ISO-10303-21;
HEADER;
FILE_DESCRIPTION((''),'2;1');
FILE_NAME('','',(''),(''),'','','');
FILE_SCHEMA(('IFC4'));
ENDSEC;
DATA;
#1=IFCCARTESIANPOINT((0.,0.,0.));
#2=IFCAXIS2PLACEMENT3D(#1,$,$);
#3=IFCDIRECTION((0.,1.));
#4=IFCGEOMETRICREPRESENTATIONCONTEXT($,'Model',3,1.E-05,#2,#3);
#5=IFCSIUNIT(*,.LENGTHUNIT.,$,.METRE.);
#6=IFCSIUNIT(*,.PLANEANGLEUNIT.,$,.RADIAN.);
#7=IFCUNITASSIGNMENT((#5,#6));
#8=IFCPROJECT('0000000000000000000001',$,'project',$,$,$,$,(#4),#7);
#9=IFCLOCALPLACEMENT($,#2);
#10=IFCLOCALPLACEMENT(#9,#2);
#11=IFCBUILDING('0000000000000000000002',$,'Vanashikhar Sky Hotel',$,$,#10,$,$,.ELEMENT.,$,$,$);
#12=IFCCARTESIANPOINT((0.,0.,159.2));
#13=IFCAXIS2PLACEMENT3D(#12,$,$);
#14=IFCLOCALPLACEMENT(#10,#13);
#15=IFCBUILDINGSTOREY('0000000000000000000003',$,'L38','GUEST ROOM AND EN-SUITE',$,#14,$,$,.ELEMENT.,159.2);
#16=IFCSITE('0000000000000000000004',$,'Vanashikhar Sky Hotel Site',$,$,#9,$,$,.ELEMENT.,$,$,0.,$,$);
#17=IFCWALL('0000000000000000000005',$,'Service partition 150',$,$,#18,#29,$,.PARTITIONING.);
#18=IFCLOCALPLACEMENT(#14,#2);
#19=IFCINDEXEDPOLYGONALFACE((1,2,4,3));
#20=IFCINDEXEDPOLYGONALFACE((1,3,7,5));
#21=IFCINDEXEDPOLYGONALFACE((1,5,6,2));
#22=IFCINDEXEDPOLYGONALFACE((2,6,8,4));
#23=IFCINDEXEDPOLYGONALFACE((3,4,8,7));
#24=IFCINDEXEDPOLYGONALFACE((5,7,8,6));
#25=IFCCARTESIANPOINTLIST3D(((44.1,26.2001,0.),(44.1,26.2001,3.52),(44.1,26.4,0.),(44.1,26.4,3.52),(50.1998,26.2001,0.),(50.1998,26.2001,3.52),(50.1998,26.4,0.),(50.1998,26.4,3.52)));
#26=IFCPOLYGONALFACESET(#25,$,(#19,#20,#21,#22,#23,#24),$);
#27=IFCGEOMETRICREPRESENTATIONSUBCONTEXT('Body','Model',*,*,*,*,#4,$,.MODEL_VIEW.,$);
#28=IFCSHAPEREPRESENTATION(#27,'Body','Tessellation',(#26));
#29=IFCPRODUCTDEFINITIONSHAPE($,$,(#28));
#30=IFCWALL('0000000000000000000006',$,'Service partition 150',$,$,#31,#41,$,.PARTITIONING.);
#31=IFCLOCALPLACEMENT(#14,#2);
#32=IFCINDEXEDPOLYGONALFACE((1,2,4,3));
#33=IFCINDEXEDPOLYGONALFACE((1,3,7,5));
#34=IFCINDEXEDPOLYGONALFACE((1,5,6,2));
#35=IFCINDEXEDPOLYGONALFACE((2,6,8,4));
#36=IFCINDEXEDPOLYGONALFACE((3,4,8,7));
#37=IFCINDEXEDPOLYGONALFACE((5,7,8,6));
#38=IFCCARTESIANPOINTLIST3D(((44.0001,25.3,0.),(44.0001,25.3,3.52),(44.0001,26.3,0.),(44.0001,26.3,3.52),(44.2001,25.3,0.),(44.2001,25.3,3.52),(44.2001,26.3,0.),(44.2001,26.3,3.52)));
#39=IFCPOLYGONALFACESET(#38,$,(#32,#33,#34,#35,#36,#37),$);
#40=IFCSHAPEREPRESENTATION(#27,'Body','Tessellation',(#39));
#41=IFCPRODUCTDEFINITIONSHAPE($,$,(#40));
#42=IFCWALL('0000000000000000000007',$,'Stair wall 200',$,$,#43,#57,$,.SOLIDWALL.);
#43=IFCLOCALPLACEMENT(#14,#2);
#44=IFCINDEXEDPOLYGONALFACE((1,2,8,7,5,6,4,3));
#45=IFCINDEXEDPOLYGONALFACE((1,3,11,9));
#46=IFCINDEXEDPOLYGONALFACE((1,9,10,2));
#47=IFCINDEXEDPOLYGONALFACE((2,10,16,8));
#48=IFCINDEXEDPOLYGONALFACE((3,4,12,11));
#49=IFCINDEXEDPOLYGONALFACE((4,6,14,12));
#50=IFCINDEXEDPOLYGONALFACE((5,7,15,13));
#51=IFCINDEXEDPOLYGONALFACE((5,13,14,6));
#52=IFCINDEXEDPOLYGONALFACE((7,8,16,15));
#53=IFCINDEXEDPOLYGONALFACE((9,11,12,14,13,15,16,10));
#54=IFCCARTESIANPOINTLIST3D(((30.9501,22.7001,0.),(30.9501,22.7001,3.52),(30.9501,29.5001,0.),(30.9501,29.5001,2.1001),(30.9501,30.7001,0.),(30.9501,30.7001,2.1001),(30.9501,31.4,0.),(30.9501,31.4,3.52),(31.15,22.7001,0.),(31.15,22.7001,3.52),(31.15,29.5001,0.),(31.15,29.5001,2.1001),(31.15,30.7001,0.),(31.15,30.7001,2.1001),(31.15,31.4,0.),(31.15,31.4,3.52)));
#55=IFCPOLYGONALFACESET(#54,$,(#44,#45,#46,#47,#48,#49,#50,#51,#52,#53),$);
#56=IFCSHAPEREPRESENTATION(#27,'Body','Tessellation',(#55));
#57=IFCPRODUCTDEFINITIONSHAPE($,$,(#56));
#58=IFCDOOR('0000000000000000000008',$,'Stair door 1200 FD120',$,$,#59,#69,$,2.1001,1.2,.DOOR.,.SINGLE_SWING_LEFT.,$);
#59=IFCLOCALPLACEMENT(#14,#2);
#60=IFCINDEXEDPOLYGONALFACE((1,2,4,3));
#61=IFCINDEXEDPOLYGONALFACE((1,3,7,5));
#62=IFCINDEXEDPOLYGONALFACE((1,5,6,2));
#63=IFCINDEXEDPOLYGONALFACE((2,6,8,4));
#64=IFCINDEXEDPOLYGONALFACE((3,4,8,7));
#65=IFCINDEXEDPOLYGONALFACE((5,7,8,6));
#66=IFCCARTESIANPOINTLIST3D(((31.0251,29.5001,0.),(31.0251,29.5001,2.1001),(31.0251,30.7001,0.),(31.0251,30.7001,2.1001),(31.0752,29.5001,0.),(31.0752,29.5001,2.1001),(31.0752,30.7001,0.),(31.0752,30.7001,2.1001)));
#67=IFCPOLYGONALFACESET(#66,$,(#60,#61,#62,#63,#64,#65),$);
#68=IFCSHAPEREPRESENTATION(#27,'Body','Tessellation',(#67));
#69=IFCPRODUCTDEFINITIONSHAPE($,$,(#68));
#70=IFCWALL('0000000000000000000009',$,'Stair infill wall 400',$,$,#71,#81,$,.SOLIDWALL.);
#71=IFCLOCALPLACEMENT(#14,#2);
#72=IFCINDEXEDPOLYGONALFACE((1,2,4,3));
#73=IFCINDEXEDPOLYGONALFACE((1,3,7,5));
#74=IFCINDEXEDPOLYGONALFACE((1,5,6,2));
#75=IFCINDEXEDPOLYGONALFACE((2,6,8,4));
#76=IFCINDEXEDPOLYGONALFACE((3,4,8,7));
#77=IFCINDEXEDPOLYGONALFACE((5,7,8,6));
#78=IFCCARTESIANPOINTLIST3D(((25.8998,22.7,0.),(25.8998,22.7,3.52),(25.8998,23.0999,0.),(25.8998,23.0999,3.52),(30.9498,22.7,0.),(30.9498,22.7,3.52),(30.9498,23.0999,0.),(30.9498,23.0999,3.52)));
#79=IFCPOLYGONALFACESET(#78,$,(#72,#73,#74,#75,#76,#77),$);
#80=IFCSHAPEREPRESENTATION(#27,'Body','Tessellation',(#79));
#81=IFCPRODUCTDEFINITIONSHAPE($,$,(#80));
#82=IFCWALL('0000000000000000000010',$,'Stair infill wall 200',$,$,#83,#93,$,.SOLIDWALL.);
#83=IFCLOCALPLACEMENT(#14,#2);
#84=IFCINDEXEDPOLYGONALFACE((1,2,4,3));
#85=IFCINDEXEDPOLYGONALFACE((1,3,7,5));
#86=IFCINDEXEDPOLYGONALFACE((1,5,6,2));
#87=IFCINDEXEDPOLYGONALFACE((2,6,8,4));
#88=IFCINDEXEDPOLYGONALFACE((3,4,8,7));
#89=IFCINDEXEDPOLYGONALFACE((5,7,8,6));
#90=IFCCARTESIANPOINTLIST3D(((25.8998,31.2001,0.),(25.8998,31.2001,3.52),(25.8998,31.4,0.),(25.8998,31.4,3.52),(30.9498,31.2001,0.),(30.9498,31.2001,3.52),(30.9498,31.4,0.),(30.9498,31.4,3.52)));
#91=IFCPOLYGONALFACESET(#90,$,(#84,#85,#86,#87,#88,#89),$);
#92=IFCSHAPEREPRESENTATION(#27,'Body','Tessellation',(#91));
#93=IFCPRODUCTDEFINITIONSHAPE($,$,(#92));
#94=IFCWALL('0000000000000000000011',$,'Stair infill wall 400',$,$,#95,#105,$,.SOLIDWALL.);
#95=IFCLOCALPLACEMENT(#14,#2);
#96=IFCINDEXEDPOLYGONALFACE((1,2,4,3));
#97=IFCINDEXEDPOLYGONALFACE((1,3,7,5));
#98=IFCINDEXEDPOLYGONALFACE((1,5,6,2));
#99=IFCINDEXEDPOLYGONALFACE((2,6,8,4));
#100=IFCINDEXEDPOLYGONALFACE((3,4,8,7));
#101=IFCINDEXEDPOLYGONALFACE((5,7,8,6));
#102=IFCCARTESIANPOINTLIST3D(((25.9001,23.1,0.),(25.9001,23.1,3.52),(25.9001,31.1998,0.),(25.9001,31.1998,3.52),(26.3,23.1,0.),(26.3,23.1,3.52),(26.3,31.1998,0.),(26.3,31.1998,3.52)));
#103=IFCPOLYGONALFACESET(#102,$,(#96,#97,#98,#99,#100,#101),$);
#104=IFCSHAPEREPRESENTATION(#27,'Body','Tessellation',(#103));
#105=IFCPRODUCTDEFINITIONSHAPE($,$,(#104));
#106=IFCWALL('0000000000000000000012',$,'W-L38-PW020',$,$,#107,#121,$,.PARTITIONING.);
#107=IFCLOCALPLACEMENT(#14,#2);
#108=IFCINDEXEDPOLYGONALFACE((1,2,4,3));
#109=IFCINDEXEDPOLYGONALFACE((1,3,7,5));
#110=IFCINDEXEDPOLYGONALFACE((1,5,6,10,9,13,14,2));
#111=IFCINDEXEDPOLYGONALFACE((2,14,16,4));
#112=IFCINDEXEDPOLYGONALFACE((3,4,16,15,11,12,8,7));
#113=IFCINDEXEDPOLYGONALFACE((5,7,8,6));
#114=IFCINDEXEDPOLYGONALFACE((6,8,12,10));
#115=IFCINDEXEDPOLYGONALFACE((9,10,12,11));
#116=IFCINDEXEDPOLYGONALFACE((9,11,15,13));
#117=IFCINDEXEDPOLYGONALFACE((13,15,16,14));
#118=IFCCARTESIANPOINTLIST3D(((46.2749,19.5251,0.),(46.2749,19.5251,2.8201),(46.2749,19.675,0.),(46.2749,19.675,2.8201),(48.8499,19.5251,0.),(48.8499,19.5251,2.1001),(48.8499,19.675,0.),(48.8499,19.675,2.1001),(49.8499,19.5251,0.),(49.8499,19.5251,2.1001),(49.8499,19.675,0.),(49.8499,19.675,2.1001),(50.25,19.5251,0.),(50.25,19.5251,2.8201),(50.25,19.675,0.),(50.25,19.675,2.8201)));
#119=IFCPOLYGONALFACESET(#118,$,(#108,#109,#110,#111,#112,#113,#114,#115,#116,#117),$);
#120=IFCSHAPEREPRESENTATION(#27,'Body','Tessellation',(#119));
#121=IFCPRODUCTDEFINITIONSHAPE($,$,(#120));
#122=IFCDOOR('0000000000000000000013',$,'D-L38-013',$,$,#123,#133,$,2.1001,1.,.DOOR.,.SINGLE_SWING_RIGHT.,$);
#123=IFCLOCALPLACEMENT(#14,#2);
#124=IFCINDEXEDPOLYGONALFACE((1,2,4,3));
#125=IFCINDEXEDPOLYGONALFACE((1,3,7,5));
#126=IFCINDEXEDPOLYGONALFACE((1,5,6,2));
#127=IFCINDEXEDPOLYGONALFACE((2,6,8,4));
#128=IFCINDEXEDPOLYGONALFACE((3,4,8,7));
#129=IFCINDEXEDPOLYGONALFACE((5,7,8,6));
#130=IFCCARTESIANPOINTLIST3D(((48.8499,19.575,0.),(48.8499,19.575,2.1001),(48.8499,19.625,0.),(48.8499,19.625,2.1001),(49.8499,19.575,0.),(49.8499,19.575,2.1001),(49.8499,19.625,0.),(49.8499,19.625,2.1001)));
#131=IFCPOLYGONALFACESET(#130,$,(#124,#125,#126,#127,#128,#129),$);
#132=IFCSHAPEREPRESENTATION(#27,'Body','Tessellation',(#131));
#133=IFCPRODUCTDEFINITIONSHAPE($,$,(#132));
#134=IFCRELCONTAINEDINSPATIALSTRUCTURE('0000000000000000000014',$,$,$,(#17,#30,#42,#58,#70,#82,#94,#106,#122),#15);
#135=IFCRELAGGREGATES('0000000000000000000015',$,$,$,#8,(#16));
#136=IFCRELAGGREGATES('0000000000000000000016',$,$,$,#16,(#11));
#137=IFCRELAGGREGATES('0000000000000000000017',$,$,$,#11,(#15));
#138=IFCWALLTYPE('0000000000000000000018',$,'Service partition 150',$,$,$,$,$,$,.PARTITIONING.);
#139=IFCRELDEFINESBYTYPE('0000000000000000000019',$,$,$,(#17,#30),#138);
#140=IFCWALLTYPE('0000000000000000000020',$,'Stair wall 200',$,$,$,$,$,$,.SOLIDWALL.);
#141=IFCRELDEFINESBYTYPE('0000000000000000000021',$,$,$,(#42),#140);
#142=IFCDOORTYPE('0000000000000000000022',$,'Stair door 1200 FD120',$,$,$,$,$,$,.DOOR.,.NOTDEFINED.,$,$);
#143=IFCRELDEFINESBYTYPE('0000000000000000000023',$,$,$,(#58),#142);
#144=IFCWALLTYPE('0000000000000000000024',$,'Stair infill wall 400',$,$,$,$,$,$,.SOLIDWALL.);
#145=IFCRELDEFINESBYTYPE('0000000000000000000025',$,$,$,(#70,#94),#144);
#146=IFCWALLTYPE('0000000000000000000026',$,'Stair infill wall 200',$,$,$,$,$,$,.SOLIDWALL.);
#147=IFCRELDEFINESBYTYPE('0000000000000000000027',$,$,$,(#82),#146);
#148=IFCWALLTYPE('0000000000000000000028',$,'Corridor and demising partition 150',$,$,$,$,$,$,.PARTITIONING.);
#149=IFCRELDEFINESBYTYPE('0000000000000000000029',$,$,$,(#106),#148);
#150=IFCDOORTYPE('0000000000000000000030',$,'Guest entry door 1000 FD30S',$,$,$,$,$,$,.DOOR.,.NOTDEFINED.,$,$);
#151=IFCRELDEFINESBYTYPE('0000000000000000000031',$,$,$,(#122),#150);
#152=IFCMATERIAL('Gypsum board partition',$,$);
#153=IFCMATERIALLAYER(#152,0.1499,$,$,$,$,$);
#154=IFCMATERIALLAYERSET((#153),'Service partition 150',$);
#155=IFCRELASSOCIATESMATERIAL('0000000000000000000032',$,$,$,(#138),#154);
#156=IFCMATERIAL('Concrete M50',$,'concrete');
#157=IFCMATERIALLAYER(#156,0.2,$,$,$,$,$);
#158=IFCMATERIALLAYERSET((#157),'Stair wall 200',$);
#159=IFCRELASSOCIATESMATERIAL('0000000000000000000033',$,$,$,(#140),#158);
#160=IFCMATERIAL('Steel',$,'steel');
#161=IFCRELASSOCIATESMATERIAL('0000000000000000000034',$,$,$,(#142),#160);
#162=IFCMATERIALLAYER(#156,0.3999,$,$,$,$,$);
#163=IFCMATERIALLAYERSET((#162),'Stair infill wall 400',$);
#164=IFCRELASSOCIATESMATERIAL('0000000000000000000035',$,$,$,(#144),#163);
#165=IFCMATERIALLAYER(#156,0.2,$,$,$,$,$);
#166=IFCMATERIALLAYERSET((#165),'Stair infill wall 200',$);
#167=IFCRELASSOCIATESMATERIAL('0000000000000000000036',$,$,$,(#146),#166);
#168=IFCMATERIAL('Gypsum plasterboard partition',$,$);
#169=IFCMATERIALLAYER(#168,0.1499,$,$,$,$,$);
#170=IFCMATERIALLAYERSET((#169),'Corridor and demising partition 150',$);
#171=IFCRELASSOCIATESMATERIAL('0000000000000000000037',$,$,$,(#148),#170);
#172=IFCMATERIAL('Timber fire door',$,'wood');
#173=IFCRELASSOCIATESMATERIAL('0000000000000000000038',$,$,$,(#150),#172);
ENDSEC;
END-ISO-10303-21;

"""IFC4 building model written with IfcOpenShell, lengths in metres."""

from ifc_helpers import new_model, si_unit, direction, frame, frame_2d, origin, place, context, subcontext, project, spatial, rectangle, extrude, source, transform, mapped, material, layer, layer_set, type_object, element, fill, save


model = new_model("IFC4")

# Units and contexts
model_context = context("Model", 3, precision=1e-05, world=origin(), true_north=direction((0.0, 1.0)))
body_context = subcontext(model_context, "Body", "Model", "MODEL_VIEW")
ifc_project = project(units=[si_unit("LENGTHUNIT", "METRE"), si_unit("PLANEANGLEUNIT", "RADIAN")], contexts=[model_context])

# Site, building, storey
site_placement = place(None, origin())
site = spatial("IfcSite", under=ifc_project, at=site_placement, Name="Vanashikhar Sky Hotel Site", CompositionType="ELEMENT", RefElevation=0.0)
building_placement = place(site_placement, origin())
building = spatial("IfcBuilding", under=site, at=building_placement, Name="Vanashikhar Sky Hotel", CompositionType="ELEMENT")
storey_placement = place(building_placement, frame((0.0, 0.0, 159.2)))
storey = spatial("IfcBuildingStorey", under=building, at=storey_placement, Name="L38", Description="GUEST ROOM AND EN-SUITE", CompositionType="ELEMENT", Elevation=159.2)

# Shared definitions
ifc_material_1 = material(Name="Steel", Category="steel")

# Shared definitions
ifc_material_2 = material(Name="Gypsum board partition")
ifc_layer_1 = layer(ifc_material_2, 0.1499)
ifc_layer_set_1 = layer_set([ifc_layer_1], Name="Service partition 150")
wall_type_1 = type_object("IfcWallType", Name="Service partition 150", PredefinedType="PARTITIONING", material=ifc_layer_set_1)

# Walls
shared_shape_1 = source(origin(), body_context, "Body", "SweptSolid", [
    extrude(rectangle(XDim=6.0999, YDim=0.2, at=frame_2d((3.0498, 0.0))), origin(), (0.0, 0.0, 1.0), 3.52),
])
wall_1_placement = place(storey_placement, frame((44.1001, 26.3, 0.0), z_axis=(0.0, 0.0, 1.0), x_axis=(1.0, 0.0, 0.0)))
element("IfcWall", 1, at=wall_1_placement, inside=storey, type_object=wall_type_1, Name="Service partition 150", PredefinedType="PARTITIONING", context=body_context, shape_type="MappedRepresentation", body=[
    mapped(shared_shape_1, transform((0.0, 0.0, 0.0), scale=1.0)),
])
shared_shape_2 = source(origin(), body_context, "Body", "SweptSolid", [
    extrude(rectangle(XDim=1.0, YDim=0.2, at=frame_2d((0.5, 0.0))), origin(), (0.0, 0.0, 1.0), 3.52),
])
wall_2_placement = place(storey_placement, frame((44.1001, 25.3, 0.0), z_axis=(0.0, 0.0, 1.0), x_axis=(0.0, 1.0, 0.0)))
element("IfcWall", 2, at=wall_2_placement, inside=storey, type_object=wall_type_1, Name="Service partition 150", PredefinedType="PARTITIONING", context=body_context, shape_type="MappedRepresentation", body=[
    mapped(shared_shape_2, transform((0.0, 0.0, 0.0), scale=1.0)),
])

# Wall, opening, door
ifc_material_3 = material(Name="Concrete M50", Category="concrete")
ifc_layer_2 = layer(ifc_material_3, 0.2)
ifc_layer_set_2 = layer_set([ifc_layer_2], Name="Stair wall 200")
wall_type_2 = type_object("IfcWallType", Name="Stair wall 200", PredefinedType="SOLIDWALL", material=ifc_layer_set_2)
shared_shape_3 = source(origin(), body_context, "Body", "SweptSolid", [
    extrude(rectangle(XDim=8.7, YDim=0.2, at=frame_2d((4.3501, 0.0))), origin(), (0.0, 0.0, 1.0), 3.52),
])
wall_3_placement = place(storey_placement, frame((31.05, 22.7, 0.0), z_axis=(0.0, 0.0, 1.0), x_axis=(0.0, 1.0, 0.0)))
wall_3 = element("IfcWall", 3, at=wall_3_placement, inside=storey, type_object=wall_type_2, Name="Stair wall 200", PredefinedType="SOLIDWALL", context=body_context, shape_type="MappedRepresentation", body=[
    mapped(shared_shape_3, transform((0.0, 0.0, 0.0), scale=1.0)),
])
shared_shape_4 = source(origin(), body_context, "Body", "SweptSolid", [
    extrude(rectangle(XDim=1.2, YDim=2.1001, at=frame_2d((0.6001, 1.05))), frame((0.0, 0.1099, 0.0), z_axis=(0.0, -1.0, 0.0), x_axis=(1.0, 0.0, 0.0)), (0.0, 0.0, 1.0), 0.22),
])
opening_1_placement = place(wall_3_placement, frame((6.8, 0.0, 0.0)))
opening_1 = element("IfcOpeningElement", 4, at=opening_1_placement, cuts=wall_3, PredefinedType="OPENING", context=body_context, shape_type="MappedRepresentation", body=[
    mapped(shared_shape_4, transform((0.0, 0.0, 0.0), scale=1.0)),
])
door_type_1 = type_object("IfcDoorType", Name="Stair door 1200 FD120", OperationType="NOTDEFINED", PredefinedType="DOOR", material=ifc_material_1)
shared_shape_5 = source(origin(), body_context, "Body", "SweptSolid", [
    extrude(rectangle(XDim=1.2, YDim=2.1001, at=frame_2d((0.6001, 1.05))), frame((0.0, 0.0249, 0.0), z_axis=(0.0, -1.0, 0.0), x_axis=(1.0, 0.0, 0.0)), (0.0, 0.0, 1.0), 0.05),
])
door_1_placement = place(opening_1_placement, origin())
door_1 = element("IfcDoor", 5, at=door_1_placement, inside=storey, type_object=door_type_1, Name="Stair door 1200 FD120", OperationType="SINGLE_SWING_LEFT", OverallHeight=2.1001, OverallWidth=1.2, PredefinedType="DOOR", context=body_context, shape_type="MappedRepresentation", body=[
    mapped(shared_shape_5, transform((0.0, 0.0, 0.0), scale=1.0)),
])
fill(opening_1, door_1)

# Walls
ifc_layer_3 = layer(ifc_material_3, 0.3999)
ifc_layer_set_3 = layer_set([ifc_layer_3], Name="Stair infill wall 400")
wall_type_3 = type_object("IfcWallType", Name="Stair infill wall 400", PredefinedType="SOLIDWALL", material=ifc_layer_set_3)
shared_shape_6 = source(origin(), body_context, "Body", "SweptSolid", [
    extrude(rectangle(XDim=5.05, YDim=0.3999, at=frame_2d((2.5249, 0.0))), origin(), (0.0, 0.0, 1.0), 3.52),
])
wall_4_placement = place(storey_placement, frame((25.8999, 22.8999, 0.0), z_axis=(0.0, 0.0, 1.0), x_axis=(1.0, 0.0, 0.0)))
element("IfcWall", 6, at=wall_4_placement, inside=storey, type_object=wall_type_3, Name="Stair infill wall 400", PredefinedType="SOLIDWALL", context=body_context, shape_type="MappedRepresentation", body=[
    mapped(shared_shape_6, transform((0.0, 0.0, 0.0), scale=1.0)),
])
ifc_layer_4 = layer(ifc_material_3, 0.2)
ifc_layer_set_4 = layer_set([ifc_layer_4], Name="Stair infill wall 200")
wall_type_4 = type_object("IfcWallType", Name="Stair infill wall 200", PredefinedType="SOLIDWALL", material=ifc_layer_set_4)
shared_shape_7 = source(origin(), body_context, "Body", "SweptSolid", [
    extrude(rectangle(XDim=5.05, YDim=0.2, at=frame_2d((2.5249, 0.0))), origin(), (0.0, 0.0, 1.0), 3.52),
])
wall_5_placement = place(storey_placement, frame((25.8999, 31.3, 0.0), z_axis=(0.0, 0.0, 1.0), x_axis=(1.0, 0.0, 0.0)))
element("IfcWall", 7, at=wall_5_placement, inside=storey, type_object=wall_type_4, Name="Stair infill wall 200", PredefinedType="SOLIDWALL", context=body_context, shape_type="MappedRepresentation", body=[
    mapped(shared_shape_7, transform((0.0, 0.0, 0.0), scale=1.0)),
])
shared_shape_8 = source(origin(), body_context, "Body", "SweptSolid", [
    extrude(rectangle(XDim=8.0999, YDim=0.3999, at=frame_2d((4.0498, 0.0))), origin(), (0.0, 0.0, 1.0), 3.52),
])
wall_6_placement = place(storey_placement, frame((26.1001, 23.1001, 0.0), z_axis=(0.0, 0.0, 1.0), x_axis=(0.0, 1.0, 0.0)))
element("IfcWall", 8, at=wall_6_placement, inside=storey, type_object=wall_type_3, Name="Stair infill wall 400", PredefinedType="SOLIDWALL", context=body_context, shape_type="MappedRepresentation", body=[
    mapped(shared_shape_8, transform((0.0, 0.0, 0.0), scale=1.0)),
])

# Wall, opening, door
ifc_material_4 = material(Name="Gypsum plasterboard partition")
ifc_layer_5 = layer(ifc_material_4, 0.1499)
ifc_layer_set_5 = layer_set([ifc_layer_5], Name="Corridor and demising partition 150")
wall_type_5 = type_object("IfcWallType", Name="Corridor and demising partition 150", PredefinedType="PARTITIONING", material=ifc_layer_set_5)
shared_shape_9 = source(origin(), body_context, "Body", "SweptSolid", [
    extrude(rectangle(XDim=3.9751, YDim=0.1499, at=frame_2d((1.9875, 0.0))), origin(), (0.0, 0.0, 1.0), 2.8201),
])
wall_7_placement = place(storey_placement, frame((46.2749, 19.6001, 0.0), z_axis=(0.0, 0.0, 1.0), x_axis=(1.0, 0.0, 0.0)))
wall_7 = element("IfcWall", 9, at=wall_7_placement, inside=storey, type_object=wall_type_5, Name="W-L38-PW020", PredefinedType="PARTITIONING", context=body_context, shape_type="MappedRepresentation", body=[
    mapped(shared_shape_9, transform((0.0, 0.0, 0.0), scale=1.0)),
])
shared_shape_10 = source(origin(), body_context, "Body", "SweptSolid", [
    extrude(rectangle(XDim=1.0, YDim=2.1001, at=frame_2d((0.5, 1.05))), frame((0.0, 0.085, 0.0), z_axis=(0.0, -1.0, 0.0), x_axis=(1.0, 0.0, 0.0)), (0.0, 0.0, 1.0), 0.1699),
])
opening_2_placement = place(wall_7_placement, frame((2.575, 0.0, 0.0)))
opening_2 = element("IfcOpeningElement", 10, at=opening_2_placement, cuts=wall_7, PredefinedType="OPENING", context=body_context, shape_type="MappedRepresentation", body=[
    mapped(shared_shape_10, transform((0.0, 0.0, 0.0), scale=1.0)),
])
ifc_material_5 = material(Name="Timber fire door", Category="wood")
door_type_2 = type_object("IfcDoorType", Name="Guest entry door 1000 FD30S", OperationType="NOTDEFINED", PredefinedType="DOOR", material=ifc_material_5)
shared_shape_11 = source(origin(), body_context, "Body", "SweptSolid", [
    extrude(rectangle(XDim=1.0, YDim=2.1001, at=frame_2d((0.5, 1.05))), frame((0.0, 0.0249, 0.0), z_axis=(0.0, -1.0, 0.0), x_axis=(1.0, 0.0, 0.0)), (0.0, 0.0, 1.0), 0.05),
])
door_2_placement = place(opening_2_placement, origin())
door_2 = element("IfcDoor", 11, at=door_2_placement, inside=storey, type_object=door_type_2, Name="D-L38-013", OperationType="SINGLE_SWING_RIGHT", OverallHeight=2.1001, OverallWidth=1.0, PredefinedType="DOOR", context=body_context, shape_type="MappedRepresentation", body=[
    mapped(shared_shape_11, transform((0.0, 0.0, 0.0), scale=1.0)),
])
fill(opening_2, door_2)

save(model, "model.ifc")
